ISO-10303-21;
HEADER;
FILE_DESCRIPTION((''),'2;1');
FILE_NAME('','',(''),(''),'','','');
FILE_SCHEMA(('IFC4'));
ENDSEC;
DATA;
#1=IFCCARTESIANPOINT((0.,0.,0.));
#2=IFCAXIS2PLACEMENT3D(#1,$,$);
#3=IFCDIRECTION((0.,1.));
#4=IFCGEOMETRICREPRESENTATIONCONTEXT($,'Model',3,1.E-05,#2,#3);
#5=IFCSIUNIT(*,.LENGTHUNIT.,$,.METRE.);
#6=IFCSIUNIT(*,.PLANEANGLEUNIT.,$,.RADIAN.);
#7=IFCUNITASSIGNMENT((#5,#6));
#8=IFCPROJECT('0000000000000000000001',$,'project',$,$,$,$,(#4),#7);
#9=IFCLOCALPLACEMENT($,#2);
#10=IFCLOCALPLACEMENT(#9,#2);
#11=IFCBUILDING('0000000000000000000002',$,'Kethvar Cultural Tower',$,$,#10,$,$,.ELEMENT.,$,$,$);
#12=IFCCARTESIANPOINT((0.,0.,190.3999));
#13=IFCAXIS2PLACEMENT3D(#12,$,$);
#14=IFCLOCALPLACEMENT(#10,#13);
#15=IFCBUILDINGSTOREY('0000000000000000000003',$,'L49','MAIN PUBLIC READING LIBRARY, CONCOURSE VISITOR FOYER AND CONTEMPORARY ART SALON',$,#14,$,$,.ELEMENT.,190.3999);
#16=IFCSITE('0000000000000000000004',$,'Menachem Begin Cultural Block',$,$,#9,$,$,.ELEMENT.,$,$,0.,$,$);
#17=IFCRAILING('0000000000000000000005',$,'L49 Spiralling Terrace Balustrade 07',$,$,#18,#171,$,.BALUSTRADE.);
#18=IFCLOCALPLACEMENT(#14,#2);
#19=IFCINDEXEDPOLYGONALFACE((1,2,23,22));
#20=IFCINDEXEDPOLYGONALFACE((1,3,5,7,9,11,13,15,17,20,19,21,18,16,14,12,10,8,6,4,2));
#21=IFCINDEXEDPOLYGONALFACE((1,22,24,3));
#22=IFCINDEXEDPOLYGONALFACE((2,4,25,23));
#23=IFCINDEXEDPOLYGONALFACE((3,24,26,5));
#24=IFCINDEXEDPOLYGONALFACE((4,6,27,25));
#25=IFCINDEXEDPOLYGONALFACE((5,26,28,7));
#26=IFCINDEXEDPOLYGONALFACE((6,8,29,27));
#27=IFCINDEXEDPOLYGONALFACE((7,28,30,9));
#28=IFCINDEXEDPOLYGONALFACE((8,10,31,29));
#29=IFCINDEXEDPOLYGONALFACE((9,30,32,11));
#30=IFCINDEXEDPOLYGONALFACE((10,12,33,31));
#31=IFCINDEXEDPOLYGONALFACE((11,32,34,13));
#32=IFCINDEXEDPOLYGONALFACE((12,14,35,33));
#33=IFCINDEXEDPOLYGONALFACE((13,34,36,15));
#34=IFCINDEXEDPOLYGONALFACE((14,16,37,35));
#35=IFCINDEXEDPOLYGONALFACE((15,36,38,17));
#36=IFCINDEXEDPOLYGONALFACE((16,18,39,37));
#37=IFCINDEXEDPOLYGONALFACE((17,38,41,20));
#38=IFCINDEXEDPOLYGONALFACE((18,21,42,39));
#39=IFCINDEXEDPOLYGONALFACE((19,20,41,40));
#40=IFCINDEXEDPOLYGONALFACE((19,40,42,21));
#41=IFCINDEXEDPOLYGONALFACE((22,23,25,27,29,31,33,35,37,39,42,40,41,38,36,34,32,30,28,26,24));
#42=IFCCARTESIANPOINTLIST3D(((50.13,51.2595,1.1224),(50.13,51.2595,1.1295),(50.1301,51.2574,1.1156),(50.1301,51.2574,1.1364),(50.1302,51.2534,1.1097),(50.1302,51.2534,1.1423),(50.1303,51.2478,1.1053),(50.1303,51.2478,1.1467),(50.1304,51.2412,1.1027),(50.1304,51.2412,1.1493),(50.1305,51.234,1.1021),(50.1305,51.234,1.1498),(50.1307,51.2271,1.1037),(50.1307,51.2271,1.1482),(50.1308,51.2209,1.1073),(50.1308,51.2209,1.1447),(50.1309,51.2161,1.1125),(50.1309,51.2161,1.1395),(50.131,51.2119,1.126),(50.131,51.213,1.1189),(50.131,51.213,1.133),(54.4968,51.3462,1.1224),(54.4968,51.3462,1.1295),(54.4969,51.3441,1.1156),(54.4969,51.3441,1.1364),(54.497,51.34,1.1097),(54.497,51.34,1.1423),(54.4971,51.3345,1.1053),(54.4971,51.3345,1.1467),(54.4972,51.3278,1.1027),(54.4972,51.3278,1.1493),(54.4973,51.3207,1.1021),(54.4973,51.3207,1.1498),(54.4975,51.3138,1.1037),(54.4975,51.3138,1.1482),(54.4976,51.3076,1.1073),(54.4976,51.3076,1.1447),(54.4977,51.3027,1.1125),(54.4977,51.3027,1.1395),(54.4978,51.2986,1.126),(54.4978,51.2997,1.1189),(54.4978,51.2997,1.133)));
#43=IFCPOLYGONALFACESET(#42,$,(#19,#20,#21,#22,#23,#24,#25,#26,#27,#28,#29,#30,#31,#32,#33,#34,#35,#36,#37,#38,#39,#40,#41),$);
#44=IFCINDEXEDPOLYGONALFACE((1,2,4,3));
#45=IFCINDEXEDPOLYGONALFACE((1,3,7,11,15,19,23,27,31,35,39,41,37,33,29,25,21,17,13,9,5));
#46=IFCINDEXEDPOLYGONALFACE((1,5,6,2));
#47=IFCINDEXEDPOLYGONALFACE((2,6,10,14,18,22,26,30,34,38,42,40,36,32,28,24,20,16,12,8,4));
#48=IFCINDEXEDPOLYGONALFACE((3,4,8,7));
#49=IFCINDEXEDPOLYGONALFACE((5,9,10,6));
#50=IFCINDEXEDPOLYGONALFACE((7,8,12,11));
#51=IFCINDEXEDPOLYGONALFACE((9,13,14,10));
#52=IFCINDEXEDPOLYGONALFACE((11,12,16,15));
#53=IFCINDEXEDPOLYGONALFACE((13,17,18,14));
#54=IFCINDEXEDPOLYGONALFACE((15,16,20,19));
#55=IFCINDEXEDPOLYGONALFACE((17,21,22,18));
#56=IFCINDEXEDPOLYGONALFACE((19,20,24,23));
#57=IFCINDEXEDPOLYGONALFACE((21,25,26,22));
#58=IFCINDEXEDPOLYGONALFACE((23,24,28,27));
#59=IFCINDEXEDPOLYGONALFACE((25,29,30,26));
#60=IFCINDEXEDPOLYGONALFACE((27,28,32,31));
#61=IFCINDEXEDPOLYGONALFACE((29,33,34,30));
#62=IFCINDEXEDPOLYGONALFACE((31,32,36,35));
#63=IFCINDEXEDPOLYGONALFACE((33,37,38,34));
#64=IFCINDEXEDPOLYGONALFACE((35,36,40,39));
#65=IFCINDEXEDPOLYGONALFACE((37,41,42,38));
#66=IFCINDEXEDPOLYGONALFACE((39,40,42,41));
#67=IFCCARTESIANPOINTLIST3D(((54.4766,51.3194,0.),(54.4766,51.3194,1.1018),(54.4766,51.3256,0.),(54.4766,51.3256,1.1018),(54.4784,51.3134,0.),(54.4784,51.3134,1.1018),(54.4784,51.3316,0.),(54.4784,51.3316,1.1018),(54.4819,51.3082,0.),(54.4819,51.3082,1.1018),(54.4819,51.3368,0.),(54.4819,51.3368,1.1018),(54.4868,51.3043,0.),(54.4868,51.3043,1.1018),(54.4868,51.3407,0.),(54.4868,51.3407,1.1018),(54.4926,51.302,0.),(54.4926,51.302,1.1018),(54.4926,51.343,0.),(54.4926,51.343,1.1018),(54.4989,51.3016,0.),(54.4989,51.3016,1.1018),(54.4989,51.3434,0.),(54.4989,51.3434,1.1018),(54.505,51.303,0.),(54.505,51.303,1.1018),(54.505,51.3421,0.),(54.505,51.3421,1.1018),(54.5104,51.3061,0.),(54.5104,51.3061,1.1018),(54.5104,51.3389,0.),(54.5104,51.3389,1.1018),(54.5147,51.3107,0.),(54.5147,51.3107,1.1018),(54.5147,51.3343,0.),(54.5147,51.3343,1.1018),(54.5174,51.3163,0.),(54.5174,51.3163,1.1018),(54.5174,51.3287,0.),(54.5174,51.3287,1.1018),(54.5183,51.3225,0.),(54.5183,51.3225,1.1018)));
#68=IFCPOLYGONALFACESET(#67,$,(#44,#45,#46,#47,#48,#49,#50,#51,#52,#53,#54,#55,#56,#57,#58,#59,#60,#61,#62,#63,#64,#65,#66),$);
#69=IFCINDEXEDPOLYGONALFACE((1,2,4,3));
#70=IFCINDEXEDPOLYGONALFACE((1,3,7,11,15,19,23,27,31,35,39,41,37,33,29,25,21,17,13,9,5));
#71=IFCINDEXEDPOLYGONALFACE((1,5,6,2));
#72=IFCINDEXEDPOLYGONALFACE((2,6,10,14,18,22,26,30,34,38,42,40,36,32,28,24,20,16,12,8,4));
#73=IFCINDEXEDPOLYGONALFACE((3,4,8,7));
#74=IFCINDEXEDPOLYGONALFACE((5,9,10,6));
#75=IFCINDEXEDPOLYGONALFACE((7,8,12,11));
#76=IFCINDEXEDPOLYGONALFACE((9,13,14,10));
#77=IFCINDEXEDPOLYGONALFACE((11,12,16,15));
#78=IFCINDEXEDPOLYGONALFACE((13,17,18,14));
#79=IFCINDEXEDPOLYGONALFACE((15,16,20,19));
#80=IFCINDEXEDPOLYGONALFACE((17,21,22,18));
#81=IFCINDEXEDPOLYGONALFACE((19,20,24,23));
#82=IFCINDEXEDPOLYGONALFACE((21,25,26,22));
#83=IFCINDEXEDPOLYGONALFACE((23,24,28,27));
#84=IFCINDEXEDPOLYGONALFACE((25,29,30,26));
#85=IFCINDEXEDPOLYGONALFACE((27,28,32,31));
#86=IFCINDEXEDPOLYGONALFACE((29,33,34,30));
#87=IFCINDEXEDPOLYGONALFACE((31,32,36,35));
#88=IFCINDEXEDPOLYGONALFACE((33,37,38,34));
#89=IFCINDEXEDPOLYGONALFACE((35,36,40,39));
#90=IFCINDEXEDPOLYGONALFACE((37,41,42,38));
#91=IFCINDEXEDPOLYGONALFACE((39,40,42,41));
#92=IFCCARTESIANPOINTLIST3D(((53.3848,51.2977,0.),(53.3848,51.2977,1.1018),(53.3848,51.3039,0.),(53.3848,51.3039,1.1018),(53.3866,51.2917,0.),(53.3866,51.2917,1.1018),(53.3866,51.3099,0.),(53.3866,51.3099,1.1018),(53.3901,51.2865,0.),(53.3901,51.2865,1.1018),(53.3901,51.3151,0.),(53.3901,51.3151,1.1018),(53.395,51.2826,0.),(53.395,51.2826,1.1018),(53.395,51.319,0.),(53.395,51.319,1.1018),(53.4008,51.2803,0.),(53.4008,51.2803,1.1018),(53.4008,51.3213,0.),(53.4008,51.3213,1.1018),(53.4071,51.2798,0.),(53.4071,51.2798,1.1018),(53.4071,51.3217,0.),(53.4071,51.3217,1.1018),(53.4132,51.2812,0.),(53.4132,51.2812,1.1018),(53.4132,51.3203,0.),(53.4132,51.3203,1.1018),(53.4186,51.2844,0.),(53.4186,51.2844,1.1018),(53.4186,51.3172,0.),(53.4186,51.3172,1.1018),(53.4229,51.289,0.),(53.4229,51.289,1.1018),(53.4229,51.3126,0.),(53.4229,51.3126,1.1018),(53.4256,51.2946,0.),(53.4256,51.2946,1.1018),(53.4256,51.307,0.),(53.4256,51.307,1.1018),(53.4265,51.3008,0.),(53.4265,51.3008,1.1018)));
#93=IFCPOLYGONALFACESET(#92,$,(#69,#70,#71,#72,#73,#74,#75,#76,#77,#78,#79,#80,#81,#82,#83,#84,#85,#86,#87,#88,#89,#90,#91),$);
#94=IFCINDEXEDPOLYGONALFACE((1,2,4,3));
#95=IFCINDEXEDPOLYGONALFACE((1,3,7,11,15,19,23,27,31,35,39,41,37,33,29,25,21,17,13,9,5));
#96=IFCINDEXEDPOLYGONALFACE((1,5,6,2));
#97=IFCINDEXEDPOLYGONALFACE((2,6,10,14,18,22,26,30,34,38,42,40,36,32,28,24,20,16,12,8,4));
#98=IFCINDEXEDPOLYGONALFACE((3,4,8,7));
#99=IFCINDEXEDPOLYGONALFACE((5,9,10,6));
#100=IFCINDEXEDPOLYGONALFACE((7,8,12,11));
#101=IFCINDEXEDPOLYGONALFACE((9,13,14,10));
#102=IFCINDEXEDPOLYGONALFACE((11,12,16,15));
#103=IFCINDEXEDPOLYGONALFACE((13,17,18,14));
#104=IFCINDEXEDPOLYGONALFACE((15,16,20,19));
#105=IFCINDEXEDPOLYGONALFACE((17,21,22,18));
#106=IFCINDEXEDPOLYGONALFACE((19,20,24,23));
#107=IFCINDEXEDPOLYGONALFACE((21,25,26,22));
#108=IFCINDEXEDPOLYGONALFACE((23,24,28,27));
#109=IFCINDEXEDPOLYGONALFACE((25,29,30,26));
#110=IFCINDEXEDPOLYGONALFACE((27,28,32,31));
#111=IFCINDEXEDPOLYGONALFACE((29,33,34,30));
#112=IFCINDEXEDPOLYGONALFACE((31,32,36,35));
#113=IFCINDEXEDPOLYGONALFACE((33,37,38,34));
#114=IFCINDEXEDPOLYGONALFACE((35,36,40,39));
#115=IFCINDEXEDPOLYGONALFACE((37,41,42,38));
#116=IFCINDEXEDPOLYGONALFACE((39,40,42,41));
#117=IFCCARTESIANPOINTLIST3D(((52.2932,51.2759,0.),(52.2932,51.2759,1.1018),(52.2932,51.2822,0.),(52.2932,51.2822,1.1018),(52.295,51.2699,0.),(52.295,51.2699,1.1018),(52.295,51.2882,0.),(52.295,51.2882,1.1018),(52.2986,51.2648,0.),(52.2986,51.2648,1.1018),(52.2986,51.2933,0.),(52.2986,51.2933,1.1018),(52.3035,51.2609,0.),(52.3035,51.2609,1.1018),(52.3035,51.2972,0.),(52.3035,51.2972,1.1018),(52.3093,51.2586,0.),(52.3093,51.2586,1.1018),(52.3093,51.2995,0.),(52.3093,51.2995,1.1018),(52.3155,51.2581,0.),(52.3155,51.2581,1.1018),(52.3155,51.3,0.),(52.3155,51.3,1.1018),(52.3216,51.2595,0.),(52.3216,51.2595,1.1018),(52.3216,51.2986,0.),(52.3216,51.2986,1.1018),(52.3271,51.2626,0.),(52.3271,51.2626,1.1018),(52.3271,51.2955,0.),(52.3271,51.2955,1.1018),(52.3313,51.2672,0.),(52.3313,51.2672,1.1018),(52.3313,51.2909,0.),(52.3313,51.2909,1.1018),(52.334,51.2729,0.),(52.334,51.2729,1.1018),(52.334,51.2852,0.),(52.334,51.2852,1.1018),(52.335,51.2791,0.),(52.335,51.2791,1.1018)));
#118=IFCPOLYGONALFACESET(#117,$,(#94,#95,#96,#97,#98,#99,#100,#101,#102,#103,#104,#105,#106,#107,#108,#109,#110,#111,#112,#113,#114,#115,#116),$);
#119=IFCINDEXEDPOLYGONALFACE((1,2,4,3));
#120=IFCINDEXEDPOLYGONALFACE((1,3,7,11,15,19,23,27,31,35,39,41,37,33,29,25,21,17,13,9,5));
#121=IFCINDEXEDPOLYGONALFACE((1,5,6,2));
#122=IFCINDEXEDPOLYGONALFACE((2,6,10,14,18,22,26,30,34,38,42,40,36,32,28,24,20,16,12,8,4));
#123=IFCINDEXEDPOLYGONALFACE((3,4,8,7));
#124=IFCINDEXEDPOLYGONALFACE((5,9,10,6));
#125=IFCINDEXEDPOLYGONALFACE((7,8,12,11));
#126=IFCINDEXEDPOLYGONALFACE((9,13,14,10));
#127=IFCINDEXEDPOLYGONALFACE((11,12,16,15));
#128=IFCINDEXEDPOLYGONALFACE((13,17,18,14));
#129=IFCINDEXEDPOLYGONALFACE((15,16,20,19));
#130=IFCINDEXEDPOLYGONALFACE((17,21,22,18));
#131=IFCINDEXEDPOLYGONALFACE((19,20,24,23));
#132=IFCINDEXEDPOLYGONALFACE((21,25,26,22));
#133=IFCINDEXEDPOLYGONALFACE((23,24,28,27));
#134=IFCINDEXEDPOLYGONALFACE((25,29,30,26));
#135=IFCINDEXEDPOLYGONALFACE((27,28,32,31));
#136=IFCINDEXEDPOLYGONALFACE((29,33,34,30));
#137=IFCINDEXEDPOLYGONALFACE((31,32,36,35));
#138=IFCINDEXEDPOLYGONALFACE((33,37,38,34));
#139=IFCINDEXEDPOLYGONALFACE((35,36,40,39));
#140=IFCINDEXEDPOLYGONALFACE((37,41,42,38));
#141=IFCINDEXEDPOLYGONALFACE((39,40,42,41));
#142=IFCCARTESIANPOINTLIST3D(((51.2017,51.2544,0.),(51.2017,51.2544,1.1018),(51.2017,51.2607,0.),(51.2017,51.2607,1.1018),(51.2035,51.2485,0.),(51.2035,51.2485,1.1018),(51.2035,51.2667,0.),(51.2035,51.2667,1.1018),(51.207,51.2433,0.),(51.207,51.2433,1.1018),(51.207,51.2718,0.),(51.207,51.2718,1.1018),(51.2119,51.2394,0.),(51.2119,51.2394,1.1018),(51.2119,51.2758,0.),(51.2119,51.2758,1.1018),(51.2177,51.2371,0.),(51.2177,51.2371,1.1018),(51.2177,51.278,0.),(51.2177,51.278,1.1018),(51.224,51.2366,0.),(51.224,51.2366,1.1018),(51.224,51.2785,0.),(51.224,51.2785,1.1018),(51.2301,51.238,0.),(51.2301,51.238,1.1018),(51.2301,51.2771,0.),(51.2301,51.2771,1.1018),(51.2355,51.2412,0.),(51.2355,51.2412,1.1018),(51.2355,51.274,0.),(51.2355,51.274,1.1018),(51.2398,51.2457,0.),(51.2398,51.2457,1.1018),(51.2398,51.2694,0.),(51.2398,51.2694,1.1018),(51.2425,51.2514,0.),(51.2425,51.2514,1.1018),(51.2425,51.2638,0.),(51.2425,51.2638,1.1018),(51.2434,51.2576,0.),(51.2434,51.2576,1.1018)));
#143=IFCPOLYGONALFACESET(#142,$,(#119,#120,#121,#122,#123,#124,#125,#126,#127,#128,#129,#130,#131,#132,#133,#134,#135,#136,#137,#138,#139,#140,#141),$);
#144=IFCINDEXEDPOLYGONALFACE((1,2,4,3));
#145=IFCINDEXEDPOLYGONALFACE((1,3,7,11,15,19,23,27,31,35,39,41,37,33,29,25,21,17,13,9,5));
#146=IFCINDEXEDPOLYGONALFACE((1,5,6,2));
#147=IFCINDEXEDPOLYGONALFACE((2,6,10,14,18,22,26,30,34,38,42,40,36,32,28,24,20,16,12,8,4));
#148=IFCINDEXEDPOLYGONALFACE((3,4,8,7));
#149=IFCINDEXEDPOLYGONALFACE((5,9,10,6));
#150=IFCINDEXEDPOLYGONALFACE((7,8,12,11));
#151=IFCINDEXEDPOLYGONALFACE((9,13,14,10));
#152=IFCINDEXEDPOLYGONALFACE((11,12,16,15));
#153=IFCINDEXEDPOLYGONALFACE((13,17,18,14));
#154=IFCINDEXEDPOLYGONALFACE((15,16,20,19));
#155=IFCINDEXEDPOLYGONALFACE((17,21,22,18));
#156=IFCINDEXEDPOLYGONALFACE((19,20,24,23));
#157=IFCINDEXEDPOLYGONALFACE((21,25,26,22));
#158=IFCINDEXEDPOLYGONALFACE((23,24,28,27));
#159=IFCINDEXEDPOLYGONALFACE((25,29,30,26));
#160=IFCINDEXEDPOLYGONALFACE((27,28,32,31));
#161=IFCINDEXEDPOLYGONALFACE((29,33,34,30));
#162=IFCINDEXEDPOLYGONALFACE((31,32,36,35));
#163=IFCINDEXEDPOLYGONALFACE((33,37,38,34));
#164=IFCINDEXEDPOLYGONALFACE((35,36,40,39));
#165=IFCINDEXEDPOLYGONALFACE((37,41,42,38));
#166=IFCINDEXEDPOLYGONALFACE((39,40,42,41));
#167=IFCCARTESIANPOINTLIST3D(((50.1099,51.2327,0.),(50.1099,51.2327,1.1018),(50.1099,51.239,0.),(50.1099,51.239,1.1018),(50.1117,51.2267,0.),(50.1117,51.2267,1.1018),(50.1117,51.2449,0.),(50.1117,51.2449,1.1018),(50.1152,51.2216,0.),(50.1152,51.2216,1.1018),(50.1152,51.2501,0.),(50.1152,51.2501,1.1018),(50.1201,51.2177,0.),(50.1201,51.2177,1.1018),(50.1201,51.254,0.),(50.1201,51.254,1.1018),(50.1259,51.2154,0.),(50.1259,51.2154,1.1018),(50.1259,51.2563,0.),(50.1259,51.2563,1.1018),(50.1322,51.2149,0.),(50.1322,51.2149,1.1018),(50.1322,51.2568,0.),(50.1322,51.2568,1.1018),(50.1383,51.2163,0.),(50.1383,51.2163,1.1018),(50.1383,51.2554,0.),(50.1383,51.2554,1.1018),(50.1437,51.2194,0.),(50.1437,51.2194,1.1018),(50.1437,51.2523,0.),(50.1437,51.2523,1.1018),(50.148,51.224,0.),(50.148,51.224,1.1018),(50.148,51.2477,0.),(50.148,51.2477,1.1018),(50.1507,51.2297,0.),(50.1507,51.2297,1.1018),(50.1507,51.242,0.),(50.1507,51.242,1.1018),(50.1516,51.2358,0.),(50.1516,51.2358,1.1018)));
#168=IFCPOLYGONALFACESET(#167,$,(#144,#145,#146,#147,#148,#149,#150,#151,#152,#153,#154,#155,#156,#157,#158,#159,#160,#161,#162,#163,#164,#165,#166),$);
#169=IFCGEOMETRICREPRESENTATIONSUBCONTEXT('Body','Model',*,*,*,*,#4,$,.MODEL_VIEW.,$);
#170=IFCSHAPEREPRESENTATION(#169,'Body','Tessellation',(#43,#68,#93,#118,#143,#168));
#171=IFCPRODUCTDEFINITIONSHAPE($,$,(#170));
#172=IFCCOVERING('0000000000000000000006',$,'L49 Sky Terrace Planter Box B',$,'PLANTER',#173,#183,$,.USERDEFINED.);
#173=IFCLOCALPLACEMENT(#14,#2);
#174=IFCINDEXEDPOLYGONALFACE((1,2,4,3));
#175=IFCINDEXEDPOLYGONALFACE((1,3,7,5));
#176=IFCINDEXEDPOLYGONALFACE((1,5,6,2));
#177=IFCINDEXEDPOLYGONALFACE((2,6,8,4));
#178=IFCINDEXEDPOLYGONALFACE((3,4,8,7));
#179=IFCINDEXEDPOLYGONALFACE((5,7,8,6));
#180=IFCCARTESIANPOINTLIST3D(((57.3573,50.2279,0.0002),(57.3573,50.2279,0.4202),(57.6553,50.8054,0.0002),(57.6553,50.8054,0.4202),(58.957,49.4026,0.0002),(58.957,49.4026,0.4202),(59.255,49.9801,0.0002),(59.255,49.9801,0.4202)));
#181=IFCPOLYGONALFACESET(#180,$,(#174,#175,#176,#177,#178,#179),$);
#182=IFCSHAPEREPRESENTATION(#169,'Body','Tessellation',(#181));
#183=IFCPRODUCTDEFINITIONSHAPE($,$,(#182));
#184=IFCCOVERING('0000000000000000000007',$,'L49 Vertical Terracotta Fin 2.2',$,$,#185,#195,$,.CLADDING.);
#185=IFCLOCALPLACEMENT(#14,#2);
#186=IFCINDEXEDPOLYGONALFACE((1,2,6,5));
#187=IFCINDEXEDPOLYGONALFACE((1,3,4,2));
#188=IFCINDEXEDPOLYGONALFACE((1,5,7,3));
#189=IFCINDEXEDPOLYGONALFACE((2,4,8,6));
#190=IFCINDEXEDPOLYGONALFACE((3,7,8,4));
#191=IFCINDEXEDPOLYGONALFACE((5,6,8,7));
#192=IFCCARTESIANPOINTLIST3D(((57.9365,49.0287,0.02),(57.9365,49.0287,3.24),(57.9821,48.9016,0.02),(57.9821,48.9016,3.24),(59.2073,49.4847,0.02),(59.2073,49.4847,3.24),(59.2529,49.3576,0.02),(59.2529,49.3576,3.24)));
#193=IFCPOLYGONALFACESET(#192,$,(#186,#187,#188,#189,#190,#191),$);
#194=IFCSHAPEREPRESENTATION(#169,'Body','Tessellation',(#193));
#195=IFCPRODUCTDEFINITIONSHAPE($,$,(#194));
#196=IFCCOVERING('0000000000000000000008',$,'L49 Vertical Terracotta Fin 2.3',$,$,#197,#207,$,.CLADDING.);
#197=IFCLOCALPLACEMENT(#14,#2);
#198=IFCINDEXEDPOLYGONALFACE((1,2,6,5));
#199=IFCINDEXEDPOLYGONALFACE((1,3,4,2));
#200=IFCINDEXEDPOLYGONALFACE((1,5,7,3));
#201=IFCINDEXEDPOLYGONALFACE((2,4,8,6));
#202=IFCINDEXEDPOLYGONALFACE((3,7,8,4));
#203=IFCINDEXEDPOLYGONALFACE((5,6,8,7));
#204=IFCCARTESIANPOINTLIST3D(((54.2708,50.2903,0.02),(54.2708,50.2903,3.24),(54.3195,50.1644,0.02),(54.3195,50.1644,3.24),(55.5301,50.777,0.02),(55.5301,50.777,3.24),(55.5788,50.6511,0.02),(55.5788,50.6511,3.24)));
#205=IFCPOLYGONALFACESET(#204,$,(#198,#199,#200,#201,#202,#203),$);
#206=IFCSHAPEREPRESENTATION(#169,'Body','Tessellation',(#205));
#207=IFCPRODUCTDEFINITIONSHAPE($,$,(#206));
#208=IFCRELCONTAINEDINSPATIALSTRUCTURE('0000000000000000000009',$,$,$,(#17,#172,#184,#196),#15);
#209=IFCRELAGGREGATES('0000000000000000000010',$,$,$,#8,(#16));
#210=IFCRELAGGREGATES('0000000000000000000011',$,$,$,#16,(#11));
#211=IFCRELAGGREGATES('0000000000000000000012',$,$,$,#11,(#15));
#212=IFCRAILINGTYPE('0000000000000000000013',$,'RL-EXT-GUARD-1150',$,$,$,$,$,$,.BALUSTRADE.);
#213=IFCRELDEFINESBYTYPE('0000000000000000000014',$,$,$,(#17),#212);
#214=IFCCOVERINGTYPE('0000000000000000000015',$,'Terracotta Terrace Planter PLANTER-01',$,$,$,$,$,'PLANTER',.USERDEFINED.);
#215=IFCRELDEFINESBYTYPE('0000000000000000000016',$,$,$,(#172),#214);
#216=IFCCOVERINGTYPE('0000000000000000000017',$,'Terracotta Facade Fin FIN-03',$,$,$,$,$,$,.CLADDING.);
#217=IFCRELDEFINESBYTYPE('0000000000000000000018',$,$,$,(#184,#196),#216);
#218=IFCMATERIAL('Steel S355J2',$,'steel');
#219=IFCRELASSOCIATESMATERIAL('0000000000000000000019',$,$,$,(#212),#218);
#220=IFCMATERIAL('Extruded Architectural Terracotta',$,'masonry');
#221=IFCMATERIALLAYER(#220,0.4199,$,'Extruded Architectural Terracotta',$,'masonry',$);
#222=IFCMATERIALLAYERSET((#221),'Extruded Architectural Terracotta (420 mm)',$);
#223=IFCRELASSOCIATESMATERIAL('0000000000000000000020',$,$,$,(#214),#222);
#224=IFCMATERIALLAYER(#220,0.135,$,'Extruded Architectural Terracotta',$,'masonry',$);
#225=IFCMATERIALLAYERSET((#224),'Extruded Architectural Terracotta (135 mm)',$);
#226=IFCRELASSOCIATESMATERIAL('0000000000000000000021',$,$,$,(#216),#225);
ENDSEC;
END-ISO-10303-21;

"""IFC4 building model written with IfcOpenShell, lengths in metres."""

from ifc_helpers import new_model, si_unit, direction, frame, origin, origin_2d, place, context, subcontext, project, spatial, rectangle, circle, extrude, source, transform, mapped, material, layer, layer_set, type_object, element, save


model = new_model("IFC4")

# Units and contexts
model_context = context("Model", 3, precision=1e-05, world=origin(), true_north=direction((0.0, 1.0)))
body_context = subcontext(model_context, "Body", "Model", "MODEL_VIEW")
ifc_project = project(units=[si_unit("LENGTHUNIT", "METRE"), si_unit("PLANEANGLEUNIT", "RADIAN")], contexts=[model_context])

# Site, building, storey
site_placement = place(None, origin())
site = spatial("IfcSite", under=ifc_project, at=site_placement, Name="Menachem Begin Cultural Block", CompositionType="ELEMENT", RefElevation=0.0)
building_placement = place(site_placement, origin())
building = spatial("IfcBuilding", under=site, at=building_placement, Name="Kethvar Cultural Tower", CompositionType="ELEMENT")
storey_placement = place(building_placement, frame((0.0, 0.0, 190.3999)))
storey = spatial("IfcBuildingStorey", under=building, at=storey_placement, Name="L49", Description="MAIN PUBLIC READING LIBRARY, CONCOURSE VISITOR FOYER AND CONTEMPORARY ART SALON", CompositionType="ELEMENT", Elevation=190.3999)

# Shared definitions
ifc_material_1 = material(Name="Steel S355J2", Category="steel")

# Railing
railing_type = type_object("IfcRailingType", Name="RL-EXT-GUARD-1150", PredefinedType="BALUSTRADE", material=ifc_material_1)
railing_1_placement = place(storey_placement, frame((54.4973, 51.3225, 0.0)))
element("IfcRailing", 1, at=railing_1_placement, inside=storey, type_object=railing_type, Name="L49 Spiralling Terrace Balustrade 07", PredefinedType="BALUSTRADE", context=body_context, shape_type="SweptSolid", body=[
    extrude(circle(Radius=0.0239, at=origin_2d()), frame((0.0, 0.0, 1.126), z_axis=(-0.999803, -0.019844, 0.0), x_axis=(0.019844, -0.999803, 0.0)), (0.0, 0.0, 1.0), 4.3677),
    extrude(circle(Radius=0.021, at=origin_2d()), origin(), (0.0, 0.0, 1.0), 1.1018),
    extrude(circle(Radius=0.021, at=origin_2d()), frame((-1.0918, -0.0217, 0.0)), (0.0, 0.0, 1.0), 1.1018),
    extrude(circle(Radius=0.021, at=origin_2d()), frame((-2.1833, -0.0435, 0.0)), (0.0, 0.0, 1.0), 1.1018),
    extrude(circle(Radius=0.021, at=origin_2d()), frame((-3.2749, -0.0649, 0.0)), (0.0, 0.0, 1.0), 1.1018),
    extrude(circle(Radius=0.021, at=origin_2d()), frame((-4.3667, -0.0867, 0.0)), (0.0, 0.0, 1.0), 1.1018),
])

# Coverings
ifc_material_2 = material(Name="Extruded Architectural Terracotta", Category="masonry")
ifc_layer_1 = layer(ifc_material_2, 0.4199, Name="Extruded Architectural Terracotta", Category="masonry")
ifc_layer_set_1 = layer_set([ifc_layer_1], Name="Extruded Architectural Terracotta (420 mm)")
covering_type_1 = type_object("IfcCoveringType", Name="Terracotta Terrace Planter PLANTER-01", ElementType="PLANTER", PredefinedType="USERDEFINED", material=ifc_layer_set_1)
shared_shape_1 = source(origin(), body_context, "Body", "SweptSolid", [
    extrude(rectangle(XDim=1.8, YDim=0.6499, at=origin_2d()), origin(), (0.0, 0.0, 1.0), 0.4199),
])
covering_placement = place(storey_placement, frame((58.3062, 50.104, 0.0002), z_axis=(0.0, 0.0, 1.0), x_axis=(-0.888697, 0.458494, 0.0)))
element("IfcCovering", 2, at=covering_placement, inside=storey, type_object=covering_type_1, Name="L49 Sky Terrace Planter Box B", ObjectType="PLANTER", PredefinedType="USERDEFINED", context=body_context, shape_type="MappedRepresentation", body=[
    mapped(shared_shape_1, transform((0.0, 0.0, 0.0), scale=1.0)),
])
ifc_layer_2 = layer(ifc_material_2, 0.135, Name="Extruded Architectural Terracotta", Category="masonry")
ifc_layer_set_2 = layer_set([ifc_layer_2], Name="Extruded Architectural Terracotta (135 mm)")
covering_type_2 = type_object("IfcCoveringType", Name="Terracotta Facade Fin FIN-03", PredefinedType="CLADDING", material=ifc_layer_set_2)
shared_shape_2 = source(origin(), body_context, "Body", "SweptSolid", [
    extrude(rectangle(XDim=1.3501, YDim=0.135, at=origin_2d()), origin(), (0.0, 0.0, 1.0), 3.22),
])
for number, where, z_axis, x_axis, name in (
    (3, (58.5947, 49.1931, 0.02), (0.0, 0.0, 1.0), (0.941235, 0.337752, 0.0), "L49 Vertical Terracotta Fin 2.2"),
    (4, (54.9248, 50.4707, 0.02), (0.0, 0.0, 1.0), (0.932765, 0.360485, 0.0), "L49 Vertical Terracotta Fin 2.3"),
):
    element("IfcCovering", number, at=place(storey_placement, frame(where, z_axis=z_axis, x_axis=x_axis)), inside=storey, type_object=covering_type_2, Name=name, PredefinedType="CLADDING", context=body_context, shape_type="MappedRepresentation", body=[
        mapped(shared_shape_2, transform((0.0, 0.0, 0.0), scale=1.0)),
    ])

save(model, "model.ifc")
